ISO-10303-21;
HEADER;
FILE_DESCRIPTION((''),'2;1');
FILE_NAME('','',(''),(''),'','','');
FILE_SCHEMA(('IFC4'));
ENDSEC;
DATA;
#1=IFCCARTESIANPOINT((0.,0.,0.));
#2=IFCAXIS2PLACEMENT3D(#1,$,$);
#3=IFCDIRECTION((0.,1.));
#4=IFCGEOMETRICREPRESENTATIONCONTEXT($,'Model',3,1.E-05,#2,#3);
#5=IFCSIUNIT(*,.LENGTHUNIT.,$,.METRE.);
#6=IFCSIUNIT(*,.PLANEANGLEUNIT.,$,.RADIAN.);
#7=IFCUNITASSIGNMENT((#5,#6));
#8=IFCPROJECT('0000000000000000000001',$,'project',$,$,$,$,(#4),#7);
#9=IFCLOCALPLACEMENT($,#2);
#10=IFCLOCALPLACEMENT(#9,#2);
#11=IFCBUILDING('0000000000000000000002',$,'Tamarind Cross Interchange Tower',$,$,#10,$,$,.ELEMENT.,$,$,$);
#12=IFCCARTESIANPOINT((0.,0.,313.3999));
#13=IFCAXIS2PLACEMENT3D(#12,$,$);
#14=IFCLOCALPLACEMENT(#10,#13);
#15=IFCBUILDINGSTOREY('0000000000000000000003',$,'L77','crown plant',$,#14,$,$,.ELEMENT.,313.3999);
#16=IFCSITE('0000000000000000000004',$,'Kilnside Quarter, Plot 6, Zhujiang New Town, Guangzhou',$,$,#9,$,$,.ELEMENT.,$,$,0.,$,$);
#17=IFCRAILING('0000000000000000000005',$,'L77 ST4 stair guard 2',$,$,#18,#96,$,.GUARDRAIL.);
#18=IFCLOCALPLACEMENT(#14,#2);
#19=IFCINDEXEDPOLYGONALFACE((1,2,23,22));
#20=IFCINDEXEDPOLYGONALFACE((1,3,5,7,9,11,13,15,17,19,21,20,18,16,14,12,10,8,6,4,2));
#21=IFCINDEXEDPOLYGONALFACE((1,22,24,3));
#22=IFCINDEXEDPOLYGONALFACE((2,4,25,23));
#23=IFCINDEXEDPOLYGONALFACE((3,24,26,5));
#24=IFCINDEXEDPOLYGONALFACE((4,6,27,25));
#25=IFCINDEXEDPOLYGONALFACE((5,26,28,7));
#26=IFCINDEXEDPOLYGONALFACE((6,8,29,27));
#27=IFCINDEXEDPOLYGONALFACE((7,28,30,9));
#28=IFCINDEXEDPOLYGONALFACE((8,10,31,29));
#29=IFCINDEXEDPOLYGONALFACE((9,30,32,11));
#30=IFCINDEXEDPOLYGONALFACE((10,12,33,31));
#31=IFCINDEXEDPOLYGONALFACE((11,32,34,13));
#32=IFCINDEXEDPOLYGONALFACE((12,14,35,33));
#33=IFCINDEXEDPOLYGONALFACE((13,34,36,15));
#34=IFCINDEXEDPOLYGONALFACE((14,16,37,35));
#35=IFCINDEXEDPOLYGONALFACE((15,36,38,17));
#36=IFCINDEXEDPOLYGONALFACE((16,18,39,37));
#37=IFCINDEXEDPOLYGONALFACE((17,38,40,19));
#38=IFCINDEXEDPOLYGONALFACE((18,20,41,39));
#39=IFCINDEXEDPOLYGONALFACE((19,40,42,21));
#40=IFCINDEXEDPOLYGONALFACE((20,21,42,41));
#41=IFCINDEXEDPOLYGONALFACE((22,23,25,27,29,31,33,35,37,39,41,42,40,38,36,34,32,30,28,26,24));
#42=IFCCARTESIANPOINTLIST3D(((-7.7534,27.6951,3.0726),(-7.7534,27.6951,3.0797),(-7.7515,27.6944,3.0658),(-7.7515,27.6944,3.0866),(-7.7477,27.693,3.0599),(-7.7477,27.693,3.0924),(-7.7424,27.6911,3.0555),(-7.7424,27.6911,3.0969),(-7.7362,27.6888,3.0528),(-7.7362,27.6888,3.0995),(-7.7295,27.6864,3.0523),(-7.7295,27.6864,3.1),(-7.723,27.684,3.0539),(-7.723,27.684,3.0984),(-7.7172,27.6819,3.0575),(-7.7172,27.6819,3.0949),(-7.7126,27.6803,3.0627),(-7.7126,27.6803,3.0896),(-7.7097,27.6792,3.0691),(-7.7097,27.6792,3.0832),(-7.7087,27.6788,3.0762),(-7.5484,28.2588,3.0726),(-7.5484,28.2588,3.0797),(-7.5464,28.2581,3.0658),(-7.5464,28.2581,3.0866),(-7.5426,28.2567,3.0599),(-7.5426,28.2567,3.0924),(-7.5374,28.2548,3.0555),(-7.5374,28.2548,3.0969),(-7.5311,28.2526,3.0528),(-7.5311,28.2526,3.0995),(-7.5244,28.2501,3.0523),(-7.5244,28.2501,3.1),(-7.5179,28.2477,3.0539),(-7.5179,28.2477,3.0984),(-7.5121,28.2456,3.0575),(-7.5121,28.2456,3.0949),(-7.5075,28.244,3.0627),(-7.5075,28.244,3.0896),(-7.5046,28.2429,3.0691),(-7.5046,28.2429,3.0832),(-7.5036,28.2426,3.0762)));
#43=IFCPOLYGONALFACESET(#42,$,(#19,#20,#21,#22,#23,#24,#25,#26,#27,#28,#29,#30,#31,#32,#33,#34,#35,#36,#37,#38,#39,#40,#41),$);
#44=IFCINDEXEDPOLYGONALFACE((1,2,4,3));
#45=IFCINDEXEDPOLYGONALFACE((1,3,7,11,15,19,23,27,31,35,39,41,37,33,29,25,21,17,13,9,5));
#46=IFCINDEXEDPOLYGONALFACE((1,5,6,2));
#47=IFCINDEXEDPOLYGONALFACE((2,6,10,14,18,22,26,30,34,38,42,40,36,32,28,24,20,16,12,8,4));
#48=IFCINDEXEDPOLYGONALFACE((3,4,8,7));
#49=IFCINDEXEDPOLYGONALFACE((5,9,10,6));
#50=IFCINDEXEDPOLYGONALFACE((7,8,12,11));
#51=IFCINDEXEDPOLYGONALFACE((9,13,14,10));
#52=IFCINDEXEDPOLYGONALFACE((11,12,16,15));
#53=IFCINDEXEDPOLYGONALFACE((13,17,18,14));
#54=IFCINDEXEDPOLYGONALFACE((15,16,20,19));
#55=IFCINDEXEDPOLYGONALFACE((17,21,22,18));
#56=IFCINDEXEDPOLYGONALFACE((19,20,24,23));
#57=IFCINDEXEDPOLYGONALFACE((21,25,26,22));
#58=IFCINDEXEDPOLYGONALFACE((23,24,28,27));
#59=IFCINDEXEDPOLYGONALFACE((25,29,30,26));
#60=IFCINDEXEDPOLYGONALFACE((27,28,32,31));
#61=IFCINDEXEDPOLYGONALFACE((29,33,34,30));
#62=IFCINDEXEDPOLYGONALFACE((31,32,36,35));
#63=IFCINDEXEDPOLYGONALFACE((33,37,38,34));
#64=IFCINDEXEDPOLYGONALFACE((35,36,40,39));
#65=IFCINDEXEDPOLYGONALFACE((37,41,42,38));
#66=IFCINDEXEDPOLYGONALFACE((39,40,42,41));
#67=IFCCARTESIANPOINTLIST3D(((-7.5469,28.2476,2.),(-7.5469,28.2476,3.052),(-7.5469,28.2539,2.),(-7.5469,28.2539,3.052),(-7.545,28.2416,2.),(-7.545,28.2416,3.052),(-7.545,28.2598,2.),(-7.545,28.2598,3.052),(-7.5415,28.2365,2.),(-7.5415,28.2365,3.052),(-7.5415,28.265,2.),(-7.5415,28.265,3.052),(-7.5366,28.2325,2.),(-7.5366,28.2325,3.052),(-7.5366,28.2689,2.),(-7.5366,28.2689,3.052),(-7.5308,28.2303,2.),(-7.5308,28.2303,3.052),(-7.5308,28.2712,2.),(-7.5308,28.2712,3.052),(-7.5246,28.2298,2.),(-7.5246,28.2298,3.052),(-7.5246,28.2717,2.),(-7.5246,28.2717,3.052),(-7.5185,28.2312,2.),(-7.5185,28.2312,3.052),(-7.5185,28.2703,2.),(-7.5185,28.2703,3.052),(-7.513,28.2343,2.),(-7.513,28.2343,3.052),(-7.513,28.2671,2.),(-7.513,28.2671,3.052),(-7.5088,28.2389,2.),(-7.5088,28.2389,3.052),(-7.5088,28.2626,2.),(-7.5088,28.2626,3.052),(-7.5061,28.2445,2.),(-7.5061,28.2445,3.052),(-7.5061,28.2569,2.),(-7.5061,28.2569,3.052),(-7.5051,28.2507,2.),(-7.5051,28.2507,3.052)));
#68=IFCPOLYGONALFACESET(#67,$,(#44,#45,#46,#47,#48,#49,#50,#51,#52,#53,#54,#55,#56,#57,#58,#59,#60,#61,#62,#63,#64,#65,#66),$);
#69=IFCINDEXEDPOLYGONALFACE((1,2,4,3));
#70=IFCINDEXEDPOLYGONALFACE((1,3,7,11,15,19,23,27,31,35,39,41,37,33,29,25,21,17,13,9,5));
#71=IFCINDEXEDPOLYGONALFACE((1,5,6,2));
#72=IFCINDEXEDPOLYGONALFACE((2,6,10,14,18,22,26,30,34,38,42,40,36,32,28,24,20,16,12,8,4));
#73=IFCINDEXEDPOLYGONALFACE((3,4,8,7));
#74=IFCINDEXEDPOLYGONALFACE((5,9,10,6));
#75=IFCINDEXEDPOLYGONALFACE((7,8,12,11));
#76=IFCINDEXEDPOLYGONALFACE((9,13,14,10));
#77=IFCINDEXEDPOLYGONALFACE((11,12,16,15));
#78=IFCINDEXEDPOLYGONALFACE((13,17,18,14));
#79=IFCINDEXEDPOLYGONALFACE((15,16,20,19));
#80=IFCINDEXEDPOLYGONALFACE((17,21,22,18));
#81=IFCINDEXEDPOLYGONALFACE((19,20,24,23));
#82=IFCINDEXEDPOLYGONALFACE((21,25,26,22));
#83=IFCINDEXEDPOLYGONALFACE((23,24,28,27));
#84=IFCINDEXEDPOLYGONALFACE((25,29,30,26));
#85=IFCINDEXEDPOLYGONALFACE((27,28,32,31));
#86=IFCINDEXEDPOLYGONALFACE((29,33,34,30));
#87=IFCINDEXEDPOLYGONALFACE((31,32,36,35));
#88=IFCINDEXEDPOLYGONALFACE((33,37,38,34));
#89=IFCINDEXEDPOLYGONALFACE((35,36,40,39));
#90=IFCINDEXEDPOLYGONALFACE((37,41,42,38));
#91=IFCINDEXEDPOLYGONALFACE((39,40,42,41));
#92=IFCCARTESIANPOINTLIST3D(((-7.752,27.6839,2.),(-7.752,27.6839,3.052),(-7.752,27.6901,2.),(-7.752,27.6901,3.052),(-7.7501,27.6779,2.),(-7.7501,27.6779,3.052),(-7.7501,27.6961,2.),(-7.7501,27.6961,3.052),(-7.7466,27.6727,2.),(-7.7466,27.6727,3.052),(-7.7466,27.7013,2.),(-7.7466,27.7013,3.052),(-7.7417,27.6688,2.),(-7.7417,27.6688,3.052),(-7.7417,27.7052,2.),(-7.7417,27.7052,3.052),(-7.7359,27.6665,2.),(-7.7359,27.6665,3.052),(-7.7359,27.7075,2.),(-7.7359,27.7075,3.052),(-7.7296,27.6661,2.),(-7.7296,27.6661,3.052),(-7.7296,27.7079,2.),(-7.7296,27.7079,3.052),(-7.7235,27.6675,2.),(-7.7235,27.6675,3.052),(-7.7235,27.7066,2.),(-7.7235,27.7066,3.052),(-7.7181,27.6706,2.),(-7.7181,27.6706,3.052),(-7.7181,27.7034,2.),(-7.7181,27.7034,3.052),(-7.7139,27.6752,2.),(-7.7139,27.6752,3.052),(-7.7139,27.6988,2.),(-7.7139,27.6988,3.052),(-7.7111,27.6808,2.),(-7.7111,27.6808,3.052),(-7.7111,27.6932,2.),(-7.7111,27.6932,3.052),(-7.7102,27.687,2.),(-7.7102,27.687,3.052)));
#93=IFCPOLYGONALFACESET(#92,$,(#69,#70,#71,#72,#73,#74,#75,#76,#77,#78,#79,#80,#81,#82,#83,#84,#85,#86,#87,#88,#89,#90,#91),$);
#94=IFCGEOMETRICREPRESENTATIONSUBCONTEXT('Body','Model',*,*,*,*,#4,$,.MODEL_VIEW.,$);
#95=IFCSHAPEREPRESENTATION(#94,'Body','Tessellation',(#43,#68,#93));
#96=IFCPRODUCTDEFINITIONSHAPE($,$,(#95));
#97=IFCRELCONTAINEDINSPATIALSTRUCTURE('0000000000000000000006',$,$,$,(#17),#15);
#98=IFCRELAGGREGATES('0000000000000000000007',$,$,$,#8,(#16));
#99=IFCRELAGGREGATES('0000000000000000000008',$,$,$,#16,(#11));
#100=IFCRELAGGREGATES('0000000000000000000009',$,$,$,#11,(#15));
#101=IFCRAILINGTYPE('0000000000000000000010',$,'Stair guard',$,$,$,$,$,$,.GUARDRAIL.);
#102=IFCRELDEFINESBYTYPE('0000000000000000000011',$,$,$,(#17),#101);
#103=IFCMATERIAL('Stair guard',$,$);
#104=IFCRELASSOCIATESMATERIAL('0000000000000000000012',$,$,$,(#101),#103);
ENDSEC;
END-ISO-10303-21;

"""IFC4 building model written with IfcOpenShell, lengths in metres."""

from ifc_helpers import new_model, si_unit, direction, frame, origin, origin_2d, place, context, subcontext, project, spatial, circle, extrude, material, type_object, element, save


model = new_model("IFC4")

# Units and contexts
model_context = context("Model", 3, precision=1e-05, world=origin(), true_north=direction((0.0, 1.0)))
body_context = subcontext(model_context, "Body", "Model", "MODEL_VIEW")
ifc_project = project(units=[si_unit("LENGTHUNIT", "METRE"), si_unit("PLANEANGLEUNIT", "RADIAN")], contexts=[model_context])

# Site, building, storey
site_placement = place(None, origin())
site = spatial("IfcSite", under=ifc_project, at=site_placement, Name="Kilnside Quarter, Plot 6, Zhujiang New Town, Guangzhou", CompositionType="ELEMENT", RefElevation=0.0)
building_placement = place(site_placement, origin())
building = spatial("IfcBuilding", under=site, at=building_placement, Name="Tamarind Cross Interchange Tower", CompositionType="ELEMENT")
storey_placement = place(building_placement, frame((0.0, 0.0, 313.3999)))
storey = spatial("IfcBuildingStorey", under=building, at=storey_placement, Name="L77", Description="crown plant", CompositionType="ELEMENT", Elevation=313.3999)

# Railing
ifc_material_1 = material(Name="Stair guard")
railing_type_1 = type_object("IfcRailingType", Name="Stair guard", PredefinedType="GUARDRAIL", material=ifc_material_1)
railing_1_placement = place(storey_placement, frame((-7.5261, 28.2507, 2.0)))
element("IfcRailing", 1, at=railing_1_placement, inside=storey, type_object=railing_type_1, Name="L77 ST4 stair guard 2", PredefinedType="GUARDRAIL", context=body_context, shape_type="SweptSolid", body=[
    extrude(circle(Radius=0.0239, at=origin_2d()), frame((0.0, 0.0, 1.0762), z_axis=(-0.341874, -0.939746, 0.0), x_axis=(0.939746, -0.341874, 0.0)), (0.0, 0.0, 1.0), 0.5999),
    extrude(circle(Radius=0.021, at=origin_2d()), origin(), (0.0, 0.0, 1.0), 1.052),
    extrude(circle(Radius=0.021, at=origin_2d()), frame((-0.2051, -0.5637, 0.0)), (0.0, 0.0, 1.0), 1.052),
])

save(model, "model.ifc")
